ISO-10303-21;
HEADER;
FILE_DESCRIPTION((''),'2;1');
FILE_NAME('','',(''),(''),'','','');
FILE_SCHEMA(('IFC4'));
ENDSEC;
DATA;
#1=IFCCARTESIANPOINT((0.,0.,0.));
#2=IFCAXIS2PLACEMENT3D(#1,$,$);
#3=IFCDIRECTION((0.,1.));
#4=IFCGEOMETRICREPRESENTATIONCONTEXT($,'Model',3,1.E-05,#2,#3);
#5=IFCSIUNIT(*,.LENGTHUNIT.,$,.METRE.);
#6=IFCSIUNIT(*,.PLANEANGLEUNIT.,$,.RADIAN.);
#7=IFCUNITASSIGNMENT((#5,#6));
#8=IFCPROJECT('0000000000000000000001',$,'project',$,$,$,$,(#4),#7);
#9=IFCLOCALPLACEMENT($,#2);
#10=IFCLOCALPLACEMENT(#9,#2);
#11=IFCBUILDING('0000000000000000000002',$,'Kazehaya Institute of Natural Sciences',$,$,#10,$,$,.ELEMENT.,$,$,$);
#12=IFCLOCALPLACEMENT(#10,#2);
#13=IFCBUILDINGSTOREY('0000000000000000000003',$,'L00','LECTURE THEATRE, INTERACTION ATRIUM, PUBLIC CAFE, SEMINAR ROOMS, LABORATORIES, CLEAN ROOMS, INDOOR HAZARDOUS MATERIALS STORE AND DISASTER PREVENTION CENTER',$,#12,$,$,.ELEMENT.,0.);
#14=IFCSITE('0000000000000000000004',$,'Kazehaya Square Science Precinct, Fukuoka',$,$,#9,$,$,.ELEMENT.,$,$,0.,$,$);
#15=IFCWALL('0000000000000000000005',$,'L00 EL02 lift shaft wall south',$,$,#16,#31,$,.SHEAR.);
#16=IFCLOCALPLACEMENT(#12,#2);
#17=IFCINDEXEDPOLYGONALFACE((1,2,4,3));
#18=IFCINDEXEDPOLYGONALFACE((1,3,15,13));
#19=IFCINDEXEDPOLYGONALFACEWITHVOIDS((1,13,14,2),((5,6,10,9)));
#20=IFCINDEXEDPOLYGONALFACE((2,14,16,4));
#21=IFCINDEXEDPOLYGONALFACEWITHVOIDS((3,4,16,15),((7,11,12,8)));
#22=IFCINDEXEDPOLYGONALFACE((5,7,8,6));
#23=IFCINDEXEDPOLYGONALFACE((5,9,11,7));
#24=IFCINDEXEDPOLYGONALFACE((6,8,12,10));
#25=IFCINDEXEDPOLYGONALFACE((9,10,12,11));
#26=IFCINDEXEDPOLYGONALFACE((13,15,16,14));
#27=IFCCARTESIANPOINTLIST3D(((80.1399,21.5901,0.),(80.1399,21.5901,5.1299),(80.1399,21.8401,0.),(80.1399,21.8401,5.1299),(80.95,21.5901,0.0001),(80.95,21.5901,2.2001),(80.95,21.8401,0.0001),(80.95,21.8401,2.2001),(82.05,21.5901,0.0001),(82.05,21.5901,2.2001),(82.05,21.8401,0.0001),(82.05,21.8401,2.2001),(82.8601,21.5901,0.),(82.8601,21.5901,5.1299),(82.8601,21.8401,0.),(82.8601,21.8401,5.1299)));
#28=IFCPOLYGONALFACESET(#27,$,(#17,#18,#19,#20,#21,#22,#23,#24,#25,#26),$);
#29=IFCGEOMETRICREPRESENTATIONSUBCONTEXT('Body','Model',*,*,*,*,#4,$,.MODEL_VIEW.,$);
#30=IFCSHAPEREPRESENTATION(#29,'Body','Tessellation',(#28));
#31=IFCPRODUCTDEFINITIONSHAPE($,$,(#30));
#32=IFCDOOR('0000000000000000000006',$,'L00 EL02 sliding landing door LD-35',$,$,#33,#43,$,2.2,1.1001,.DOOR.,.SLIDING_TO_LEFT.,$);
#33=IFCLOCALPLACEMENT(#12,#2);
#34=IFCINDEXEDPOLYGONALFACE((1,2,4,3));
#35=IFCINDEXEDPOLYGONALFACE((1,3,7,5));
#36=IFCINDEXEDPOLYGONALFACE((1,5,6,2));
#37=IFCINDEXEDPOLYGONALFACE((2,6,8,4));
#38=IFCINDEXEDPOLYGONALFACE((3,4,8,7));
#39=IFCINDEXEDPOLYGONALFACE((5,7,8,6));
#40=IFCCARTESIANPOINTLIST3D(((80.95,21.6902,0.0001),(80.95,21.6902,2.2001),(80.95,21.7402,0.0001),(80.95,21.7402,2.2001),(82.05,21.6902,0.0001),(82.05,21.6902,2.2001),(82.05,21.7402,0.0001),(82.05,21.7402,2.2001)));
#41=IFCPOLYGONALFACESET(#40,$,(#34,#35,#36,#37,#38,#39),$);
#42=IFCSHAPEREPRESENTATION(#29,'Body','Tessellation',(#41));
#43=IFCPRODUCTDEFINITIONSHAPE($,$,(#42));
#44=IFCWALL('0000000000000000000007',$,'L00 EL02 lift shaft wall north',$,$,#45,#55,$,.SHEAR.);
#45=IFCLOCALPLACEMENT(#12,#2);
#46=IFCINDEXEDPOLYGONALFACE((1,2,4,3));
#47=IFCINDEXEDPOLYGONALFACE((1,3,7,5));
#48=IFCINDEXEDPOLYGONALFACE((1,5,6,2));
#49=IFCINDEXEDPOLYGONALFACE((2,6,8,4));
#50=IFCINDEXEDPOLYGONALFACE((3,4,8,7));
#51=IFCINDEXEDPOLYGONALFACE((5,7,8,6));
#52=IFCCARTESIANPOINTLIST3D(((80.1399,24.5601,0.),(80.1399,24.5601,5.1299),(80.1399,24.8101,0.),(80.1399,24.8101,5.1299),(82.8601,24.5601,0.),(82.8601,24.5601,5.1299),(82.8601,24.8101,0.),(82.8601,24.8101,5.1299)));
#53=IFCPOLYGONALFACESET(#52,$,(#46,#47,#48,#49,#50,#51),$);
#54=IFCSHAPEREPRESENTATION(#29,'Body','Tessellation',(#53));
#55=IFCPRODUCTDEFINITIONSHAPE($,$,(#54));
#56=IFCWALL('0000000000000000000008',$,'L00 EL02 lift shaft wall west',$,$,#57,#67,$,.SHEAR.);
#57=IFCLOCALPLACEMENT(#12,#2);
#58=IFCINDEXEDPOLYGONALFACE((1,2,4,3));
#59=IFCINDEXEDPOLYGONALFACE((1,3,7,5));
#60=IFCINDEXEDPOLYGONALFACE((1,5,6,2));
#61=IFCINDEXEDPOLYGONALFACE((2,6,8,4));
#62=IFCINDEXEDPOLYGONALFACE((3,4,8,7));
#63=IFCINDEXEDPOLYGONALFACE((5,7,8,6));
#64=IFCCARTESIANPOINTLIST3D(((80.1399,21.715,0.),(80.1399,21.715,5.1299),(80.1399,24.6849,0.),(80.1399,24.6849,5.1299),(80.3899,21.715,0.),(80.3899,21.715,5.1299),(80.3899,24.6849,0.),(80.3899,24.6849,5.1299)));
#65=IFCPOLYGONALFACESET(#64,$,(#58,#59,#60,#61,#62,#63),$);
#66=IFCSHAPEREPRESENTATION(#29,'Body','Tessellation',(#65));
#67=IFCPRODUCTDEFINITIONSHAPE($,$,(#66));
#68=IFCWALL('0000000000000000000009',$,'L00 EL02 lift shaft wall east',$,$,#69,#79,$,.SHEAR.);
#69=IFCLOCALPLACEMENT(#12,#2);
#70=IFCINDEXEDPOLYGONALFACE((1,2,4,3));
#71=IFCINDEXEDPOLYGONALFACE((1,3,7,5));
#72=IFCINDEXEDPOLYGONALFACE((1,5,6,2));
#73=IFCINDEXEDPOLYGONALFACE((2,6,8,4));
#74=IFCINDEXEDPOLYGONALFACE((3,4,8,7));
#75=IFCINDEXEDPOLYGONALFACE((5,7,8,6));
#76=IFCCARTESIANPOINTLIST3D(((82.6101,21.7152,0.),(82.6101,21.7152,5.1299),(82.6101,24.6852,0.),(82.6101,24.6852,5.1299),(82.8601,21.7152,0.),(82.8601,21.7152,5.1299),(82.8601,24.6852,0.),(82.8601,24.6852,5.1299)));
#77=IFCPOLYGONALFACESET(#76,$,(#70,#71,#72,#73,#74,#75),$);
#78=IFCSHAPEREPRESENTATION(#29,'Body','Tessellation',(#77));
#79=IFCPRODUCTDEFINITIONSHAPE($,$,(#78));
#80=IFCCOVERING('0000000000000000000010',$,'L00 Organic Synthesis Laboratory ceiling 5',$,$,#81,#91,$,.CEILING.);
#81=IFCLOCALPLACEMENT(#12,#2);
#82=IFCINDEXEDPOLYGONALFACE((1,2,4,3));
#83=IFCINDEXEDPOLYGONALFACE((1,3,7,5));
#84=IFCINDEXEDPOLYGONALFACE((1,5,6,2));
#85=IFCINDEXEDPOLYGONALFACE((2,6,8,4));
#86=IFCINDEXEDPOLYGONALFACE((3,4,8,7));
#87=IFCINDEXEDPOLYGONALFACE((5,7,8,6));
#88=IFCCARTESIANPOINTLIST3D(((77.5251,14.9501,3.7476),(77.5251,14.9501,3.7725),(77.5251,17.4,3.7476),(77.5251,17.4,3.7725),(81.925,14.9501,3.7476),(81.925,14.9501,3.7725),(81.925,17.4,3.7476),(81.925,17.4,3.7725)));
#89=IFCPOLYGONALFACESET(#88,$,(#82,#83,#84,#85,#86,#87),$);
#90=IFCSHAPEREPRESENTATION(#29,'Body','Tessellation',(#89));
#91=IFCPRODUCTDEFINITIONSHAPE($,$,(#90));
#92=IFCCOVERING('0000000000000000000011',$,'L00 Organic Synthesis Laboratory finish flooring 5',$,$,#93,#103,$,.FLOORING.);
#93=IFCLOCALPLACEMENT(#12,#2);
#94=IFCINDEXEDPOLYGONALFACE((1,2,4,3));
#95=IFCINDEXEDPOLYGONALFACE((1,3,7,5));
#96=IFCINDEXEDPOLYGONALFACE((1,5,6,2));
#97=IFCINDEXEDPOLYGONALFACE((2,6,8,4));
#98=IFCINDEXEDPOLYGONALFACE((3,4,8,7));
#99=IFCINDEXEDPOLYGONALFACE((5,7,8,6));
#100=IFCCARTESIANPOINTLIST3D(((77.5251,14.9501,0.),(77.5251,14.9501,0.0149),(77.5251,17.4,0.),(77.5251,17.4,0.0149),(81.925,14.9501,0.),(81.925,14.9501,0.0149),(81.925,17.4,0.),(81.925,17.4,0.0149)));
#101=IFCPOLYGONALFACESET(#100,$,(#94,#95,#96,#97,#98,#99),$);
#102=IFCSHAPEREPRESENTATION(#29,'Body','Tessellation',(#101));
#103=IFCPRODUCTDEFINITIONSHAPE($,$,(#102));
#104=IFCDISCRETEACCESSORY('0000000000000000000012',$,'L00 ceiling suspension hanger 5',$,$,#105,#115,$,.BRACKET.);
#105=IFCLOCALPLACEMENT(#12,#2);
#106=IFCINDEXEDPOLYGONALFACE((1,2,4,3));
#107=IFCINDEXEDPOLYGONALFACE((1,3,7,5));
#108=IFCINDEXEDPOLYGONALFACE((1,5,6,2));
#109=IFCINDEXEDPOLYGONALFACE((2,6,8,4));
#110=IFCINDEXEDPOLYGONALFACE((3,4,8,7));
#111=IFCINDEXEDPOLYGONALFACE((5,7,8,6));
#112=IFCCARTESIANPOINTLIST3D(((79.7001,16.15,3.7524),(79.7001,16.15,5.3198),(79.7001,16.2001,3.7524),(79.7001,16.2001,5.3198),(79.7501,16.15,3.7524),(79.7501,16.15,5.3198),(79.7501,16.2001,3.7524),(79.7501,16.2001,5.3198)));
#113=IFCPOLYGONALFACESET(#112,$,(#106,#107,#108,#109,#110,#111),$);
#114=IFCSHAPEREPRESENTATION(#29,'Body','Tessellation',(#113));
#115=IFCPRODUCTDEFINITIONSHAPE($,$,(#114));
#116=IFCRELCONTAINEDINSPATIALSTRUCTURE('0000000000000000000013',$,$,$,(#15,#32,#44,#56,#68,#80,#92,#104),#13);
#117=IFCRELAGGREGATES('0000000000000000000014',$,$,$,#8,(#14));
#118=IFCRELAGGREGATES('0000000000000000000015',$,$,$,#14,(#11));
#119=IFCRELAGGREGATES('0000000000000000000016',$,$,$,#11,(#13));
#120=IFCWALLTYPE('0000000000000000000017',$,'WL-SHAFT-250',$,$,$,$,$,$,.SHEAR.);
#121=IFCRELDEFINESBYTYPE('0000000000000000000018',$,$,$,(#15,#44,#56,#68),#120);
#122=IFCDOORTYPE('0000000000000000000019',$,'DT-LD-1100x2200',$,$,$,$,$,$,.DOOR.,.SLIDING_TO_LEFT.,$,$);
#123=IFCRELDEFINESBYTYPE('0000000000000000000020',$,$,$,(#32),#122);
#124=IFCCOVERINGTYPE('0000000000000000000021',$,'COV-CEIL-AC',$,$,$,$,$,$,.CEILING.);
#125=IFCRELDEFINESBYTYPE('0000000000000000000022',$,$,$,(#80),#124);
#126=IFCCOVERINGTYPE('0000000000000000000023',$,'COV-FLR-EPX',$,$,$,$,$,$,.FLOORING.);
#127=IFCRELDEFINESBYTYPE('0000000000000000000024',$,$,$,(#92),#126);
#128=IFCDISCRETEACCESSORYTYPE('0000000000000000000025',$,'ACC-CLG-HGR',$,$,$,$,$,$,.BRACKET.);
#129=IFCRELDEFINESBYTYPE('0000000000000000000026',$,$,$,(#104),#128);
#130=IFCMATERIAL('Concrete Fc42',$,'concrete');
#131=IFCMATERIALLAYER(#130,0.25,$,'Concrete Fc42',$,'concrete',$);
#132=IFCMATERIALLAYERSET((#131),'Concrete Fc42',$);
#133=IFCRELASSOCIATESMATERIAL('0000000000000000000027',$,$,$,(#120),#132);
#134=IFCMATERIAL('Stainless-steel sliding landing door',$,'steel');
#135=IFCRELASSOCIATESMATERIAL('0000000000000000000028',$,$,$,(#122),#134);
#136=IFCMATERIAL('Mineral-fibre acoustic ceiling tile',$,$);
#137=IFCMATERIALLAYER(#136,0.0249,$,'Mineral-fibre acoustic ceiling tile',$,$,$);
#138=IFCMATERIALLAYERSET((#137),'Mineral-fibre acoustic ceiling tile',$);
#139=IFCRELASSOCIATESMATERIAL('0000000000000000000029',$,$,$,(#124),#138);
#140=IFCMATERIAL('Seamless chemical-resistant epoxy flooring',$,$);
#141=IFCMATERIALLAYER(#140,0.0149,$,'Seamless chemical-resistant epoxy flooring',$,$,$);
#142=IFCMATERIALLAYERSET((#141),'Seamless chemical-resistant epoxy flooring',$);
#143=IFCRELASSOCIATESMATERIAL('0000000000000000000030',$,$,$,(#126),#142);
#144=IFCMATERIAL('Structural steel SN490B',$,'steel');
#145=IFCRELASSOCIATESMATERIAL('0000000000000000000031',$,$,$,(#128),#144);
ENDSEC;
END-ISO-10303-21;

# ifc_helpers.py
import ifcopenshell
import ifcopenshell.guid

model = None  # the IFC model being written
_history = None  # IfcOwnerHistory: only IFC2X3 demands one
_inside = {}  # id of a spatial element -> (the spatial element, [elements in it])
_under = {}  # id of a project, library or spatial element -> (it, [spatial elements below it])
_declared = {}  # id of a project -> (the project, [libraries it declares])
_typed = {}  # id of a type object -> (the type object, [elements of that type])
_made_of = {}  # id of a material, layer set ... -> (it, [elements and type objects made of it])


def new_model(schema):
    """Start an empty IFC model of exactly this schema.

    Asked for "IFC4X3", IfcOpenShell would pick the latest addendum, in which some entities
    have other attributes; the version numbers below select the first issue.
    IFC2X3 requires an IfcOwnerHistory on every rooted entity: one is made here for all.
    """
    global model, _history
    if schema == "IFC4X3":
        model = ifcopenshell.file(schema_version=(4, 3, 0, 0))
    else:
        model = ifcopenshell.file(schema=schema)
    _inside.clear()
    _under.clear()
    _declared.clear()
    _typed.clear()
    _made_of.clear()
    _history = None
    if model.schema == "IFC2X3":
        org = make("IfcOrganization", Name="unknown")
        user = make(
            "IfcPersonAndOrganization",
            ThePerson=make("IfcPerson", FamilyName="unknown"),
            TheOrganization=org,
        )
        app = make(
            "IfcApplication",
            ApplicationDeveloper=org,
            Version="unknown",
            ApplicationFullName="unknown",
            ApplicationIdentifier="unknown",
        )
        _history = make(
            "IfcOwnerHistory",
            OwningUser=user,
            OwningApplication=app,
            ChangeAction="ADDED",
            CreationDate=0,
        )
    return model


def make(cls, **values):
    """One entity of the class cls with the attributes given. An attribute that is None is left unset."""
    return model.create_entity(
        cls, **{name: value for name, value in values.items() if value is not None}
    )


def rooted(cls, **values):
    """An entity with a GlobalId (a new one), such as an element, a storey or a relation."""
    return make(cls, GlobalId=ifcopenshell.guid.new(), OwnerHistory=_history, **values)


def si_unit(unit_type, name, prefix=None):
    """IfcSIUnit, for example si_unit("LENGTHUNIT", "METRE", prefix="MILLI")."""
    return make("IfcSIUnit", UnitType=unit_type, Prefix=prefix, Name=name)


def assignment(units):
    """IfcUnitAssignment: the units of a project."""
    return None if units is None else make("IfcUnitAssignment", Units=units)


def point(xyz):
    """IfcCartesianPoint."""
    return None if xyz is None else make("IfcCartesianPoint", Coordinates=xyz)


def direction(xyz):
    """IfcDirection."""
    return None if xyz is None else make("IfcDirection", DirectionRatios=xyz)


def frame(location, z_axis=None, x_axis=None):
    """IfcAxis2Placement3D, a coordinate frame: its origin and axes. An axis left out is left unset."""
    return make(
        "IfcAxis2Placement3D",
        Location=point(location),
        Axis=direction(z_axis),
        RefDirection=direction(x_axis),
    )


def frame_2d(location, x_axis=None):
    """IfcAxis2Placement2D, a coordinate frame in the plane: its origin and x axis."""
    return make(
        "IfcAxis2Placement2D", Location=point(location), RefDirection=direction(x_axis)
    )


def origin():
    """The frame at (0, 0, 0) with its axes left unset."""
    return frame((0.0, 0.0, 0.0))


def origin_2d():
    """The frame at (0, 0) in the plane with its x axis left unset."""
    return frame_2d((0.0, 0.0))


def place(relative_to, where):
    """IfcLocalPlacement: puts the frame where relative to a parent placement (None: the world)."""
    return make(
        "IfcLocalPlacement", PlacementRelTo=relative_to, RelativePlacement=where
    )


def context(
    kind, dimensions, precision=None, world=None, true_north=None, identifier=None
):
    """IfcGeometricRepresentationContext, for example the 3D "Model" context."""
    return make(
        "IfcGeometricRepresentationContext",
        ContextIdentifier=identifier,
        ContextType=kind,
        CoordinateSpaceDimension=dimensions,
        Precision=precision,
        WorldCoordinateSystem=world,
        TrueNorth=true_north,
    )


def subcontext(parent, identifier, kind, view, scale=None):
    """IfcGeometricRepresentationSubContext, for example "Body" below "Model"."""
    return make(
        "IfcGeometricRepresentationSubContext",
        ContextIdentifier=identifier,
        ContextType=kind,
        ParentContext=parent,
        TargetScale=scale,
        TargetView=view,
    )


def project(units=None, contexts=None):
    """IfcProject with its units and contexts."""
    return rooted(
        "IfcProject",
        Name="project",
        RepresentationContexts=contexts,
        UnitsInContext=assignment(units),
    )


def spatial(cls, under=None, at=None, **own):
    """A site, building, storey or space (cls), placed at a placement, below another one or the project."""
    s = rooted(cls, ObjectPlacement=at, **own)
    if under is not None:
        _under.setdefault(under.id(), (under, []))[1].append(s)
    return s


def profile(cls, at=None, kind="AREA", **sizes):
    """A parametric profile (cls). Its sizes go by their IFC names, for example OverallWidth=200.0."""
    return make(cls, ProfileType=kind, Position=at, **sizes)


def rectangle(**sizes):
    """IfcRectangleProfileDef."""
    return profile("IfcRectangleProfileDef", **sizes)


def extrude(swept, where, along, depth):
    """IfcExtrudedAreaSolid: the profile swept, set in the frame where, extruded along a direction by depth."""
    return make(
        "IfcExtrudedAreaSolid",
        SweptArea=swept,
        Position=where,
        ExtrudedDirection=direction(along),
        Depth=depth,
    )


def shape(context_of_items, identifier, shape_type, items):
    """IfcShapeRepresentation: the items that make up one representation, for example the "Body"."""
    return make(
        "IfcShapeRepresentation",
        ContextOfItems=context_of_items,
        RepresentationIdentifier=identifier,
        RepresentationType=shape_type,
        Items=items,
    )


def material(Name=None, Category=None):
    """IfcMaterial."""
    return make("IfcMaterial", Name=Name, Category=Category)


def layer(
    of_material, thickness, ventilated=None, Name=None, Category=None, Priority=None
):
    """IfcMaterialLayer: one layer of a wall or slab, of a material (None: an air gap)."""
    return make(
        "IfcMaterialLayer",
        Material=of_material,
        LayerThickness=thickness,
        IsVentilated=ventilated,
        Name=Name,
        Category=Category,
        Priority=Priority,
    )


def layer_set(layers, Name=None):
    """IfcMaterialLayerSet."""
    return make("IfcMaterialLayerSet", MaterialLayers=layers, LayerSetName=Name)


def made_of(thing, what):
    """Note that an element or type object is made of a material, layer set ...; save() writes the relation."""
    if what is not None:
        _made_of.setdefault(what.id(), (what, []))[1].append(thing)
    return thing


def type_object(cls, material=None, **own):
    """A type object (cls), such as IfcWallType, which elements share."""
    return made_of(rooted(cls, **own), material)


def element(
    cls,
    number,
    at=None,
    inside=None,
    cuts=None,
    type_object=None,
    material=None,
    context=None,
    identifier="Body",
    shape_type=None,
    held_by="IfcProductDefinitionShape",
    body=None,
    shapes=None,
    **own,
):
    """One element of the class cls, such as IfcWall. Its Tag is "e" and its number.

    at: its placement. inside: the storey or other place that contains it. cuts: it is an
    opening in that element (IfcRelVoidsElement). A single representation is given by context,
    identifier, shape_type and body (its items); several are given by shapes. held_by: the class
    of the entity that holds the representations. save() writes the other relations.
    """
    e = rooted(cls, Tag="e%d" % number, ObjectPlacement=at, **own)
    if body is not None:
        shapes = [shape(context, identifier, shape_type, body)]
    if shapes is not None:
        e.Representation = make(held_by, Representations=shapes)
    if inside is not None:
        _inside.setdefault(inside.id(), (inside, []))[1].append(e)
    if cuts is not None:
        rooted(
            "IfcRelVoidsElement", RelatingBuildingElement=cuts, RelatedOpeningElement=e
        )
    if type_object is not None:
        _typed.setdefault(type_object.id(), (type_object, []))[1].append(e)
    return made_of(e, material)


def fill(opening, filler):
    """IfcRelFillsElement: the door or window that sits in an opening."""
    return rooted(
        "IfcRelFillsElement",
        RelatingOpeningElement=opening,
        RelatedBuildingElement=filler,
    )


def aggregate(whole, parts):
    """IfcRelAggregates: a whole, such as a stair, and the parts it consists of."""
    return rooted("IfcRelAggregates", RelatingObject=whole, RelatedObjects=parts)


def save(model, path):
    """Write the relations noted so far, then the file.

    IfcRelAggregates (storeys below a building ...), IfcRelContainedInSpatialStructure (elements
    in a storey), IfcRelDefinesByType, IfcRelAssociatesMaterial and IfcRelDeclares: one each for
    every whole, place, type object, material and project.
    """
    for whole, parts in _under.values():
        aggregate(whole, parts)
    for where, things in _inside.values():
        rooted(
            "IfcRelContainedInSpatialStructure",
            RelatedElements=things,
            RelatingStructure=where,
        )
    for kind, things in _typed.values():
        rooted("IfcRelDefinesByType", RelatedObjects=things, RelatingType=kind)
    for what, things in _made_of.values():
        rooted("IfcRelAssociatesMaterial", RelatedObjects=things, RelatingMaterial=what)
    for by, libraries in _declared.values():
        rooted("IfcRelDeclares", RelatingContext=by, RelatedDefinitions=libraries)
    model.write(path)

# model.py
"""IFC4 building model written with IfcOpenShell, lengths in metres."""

from ifc_helpers import new_model, si_unit, direction, frame, frame_2d, origin, origin_2d, place, context, subcontext, project, spatial, rectangle, extrude, material, layer, layer_set, type_object, element, fill, save


model = new_model("IFC4")

# Units and contexts
model_context = context("Model", 3, precision=1e-05, world=origin(), true_north=direction((0.0, 1.0)))
body_context = subcontext(model_context, "Body", "Model", "MODEL_VIEW")
ifc_project = project(units=[si_unit("LENGTHUNIT", "METRE"), si_unit("PLANEANGLEUNIT", "RADIAN")], contexts=[model_context])

# Site, building, storey
site_placement = place(None, origin())
site = spatial("IfcSite", under=ifc_project, at=site_placement, Name="Kazehaya Square Science Precinct, Fukuoka", CompositionType="ELEMENT", RefElevation=0.0)
building_placement = place(site_placement, origin())
building = spatial("IfcBuilding", under=site, at=building_placement, Name="Kazehaya Institute of Natural Sciences", CompositionType="ELEMENT")
storey_placement = place(building_placement, origin())
storey = spatial("IfcBuildingStorey", under=building, at=storey_placement, Name="L00", Description="LECTURE THEATRE, INTERACTION ATRIUM, PUBLIC CAFE, SEMINAR ROOMS, LABORATORIES, CLEAN ROOMS, INDOOR HAZARDOUS MATERIALS STORE AND DISASTER PREVENTION CENTER", CompositionType="ELEMENT", Elevation=0.0)

# Shared definitions
ifc_material_1 = material(Name="Concrete Fc42", Category="concrete")
ifc_layer_1 = layer(ifc_material_1, 0.25, Name="Concrete Fc42", Category="concrete")
ifc_layer_set_1 = layer_set([ifc_layer_1], Name="Concrete Fc42")
wall_type = type_object("IfcWallType", Name="WL-SHAFT-250", PredefinedType="SHEAR", material=ifc_layer_set_1)

# Shared definitions
ifc_material_2 = material(Name="Stainless-steel sliding landing door", Category="steel")
door_type = type_object("IfcDoorType", Name="DT-LD-1100x2200", OperationType="SLIDING_TO_LEFT", PredefinedType="DOOR", material=ifc_material_2)

# Wall, opening, door
wall_1_placement = place(storey_placement, frame((82.8601, 21.7151, 0.0), z_axis=(0.0, 0.0, 1.0), x_axis=(-1.0, 0.0, 0.0)))
wall_1 = element("IfcWall", 1, at=wall_1_placement, inside=storey, type_object=wall_type, Name="L00 EL02 lift shaft wall south", PredefinedType="SHEAR", context=body_context, shape_type="SweptSolid", body=[
    extrude(rectangle(XDim=2.7202, YDim=0.25, at=frame_2d((1.3601, 0.0))), origin(), (0.0, 0.0, 1.0), 5.1299),
])
opening_1_placement = place(wall_1_placement, frame((0.8101, 0.0, 0.0)))
opening_1 = element("IfcOpeningElement", 2, at=opening_1_placement, cuts=wall_1, PredefinedType="OPENING", context=body_context, shape_type="SweptSolid", body=[
    extrude(rectangle(XDim=1.1001, YDim=2.2, at=frame_2d((0.55, 1.1001))), frame((0.0, 0.135, 0.0), z_axis=(0.0, -1.0, 0.0), x_axis=(1.0, 0.0, 0.0)), (0.0, 0.0, 1.0), 0.27),
])
door_1_placement = place(opening_1_placement, origin())
door_1 = element("IfcDoor", 3, at=door_1_placement, inside=storey, type_object=door_type, Name="L00 EL02 sliding landing door LD-35", OperationType="SLIDING_TO_LEFT", OverallHeight=2.2, OverallWidth=1.1001, PredefinedType="DOOR", context=body_context, shape_type="SweptSolid", body=[
    extrude(rectangle(XDim=1.1001, YDim=2.2, at=frame_2d((0.55, 1.1001))), frame((0.0, 0.0249, 0.0), z_axis=(0.0, -1.0, 0.0), x_axis=(1.0, 0.0, 0.0)), (0.0, 0.0, 1.0), 0.05),
])
fill(opening_1, door_1)

# Walls
wall_2_placement = place(storey_placement, frame((80.1399, 24.6851, 0.0), z_axis=(0.0, 0.0, 1.0), x_axis=(1.0, 0.0, 0.0)))
element("IfcWall", 4, at=wall_2_placement, inside=storey, type_object=wall_type, Name="L00 EL02 lift shaft wall north", PredefinedType="SHEAR", context=body_context, shape_type="SweptSolid", body=[
    extrude(rectangle(XDim=2.7202, YDim=0.25, at=frame_2d((1.3601, 0.0))), origin(), (0.0, 0.0, 1.0), 5.1299),
])
for number, where, z_axis, x_axis, name in (
    (5, (80.2649, 21.7151, 0.0), (0.0, 0.0, 1.0), (0.0, 1.0, 0.0), "L00 EL02 lift shaft wall west"),
    (6, (82.7351, 24.6851, 0.0), (0.0, 0.0, 1.0), (0.0, -1.0, 0.0), "L00 EL02 lift shaft wall east"),
):
    element("IfcWall", number, at=place(storey_placement, frame(where, z_axis=z_axis, x_axis=x_axis)), inside=storey, type_object=wall_type, Name=name, PredefinedType="SHEAR", context=body_context, shape_type="SweptSolid", body=[
        extrude(rectangle(XDim=2.97, YDim=0.25, at=frame_2d((1.4849, 0.0))), origin(), (0.0, 0.0, 1.0), 5.1299),
    ])

# Coverings
ifc_material_3 = material(Name="Mineral-fibre acoustic ceiling tile")
ifc_layer_2 = layer(ifc_material_3, 0.0249, Name="Mineral-fibre acoustic ceiling tile")
ifc_layer_set_2 = layer_set([ifc_layer_2], Name="Mineral-fibre acoustic ceiling tile")
covering_type_1 = type_object("IfcCoveringType", Name="COV-CEIL-AC", PredefinedType="CEILING", material=ifc_layer_set_2)
covering_1_placement = place(storey_placement, frame((79.7251, 16.175, 3.7476), z_axis=(0.0, 0.0, 1.0), x_axis=(1.0, 0.0, 0.0)))
element("IfcCovering", 7, at=covering_1_placement, inside=storey, type_object=covering_type_1, Name="L00 Organic Synthesis Laboratory ceiling 5", PredefinedType="CEILING", context=body_context, shape_type="SweptSolid", body=[
    extrude(rectangle(XDim=4.3999, YDim=2.45, at=origin_2d()), origin(), (0.0, 0.0, 1.0), 0.0249),
])
ifc_material_4 = material(Name="Seamless chemical-resistant epoxy flooring")
ifc_layer_3 = layer(ifc_material_4, 0.0149, Name="Seamless chemical-resistant epoxy flooring")
ifc_layer_set_3 = layer_set([ifc_layer_3], Name="Seamless chemical-resistant epoxy flooring")
covering_type_2 = type_object("IfcCoveringType", Name="COV-FLR-EPX", PredefinedType="FLOORING", material=ifc_layer_set_3)
covering_2_placement = place(storey_placement, frame((79.7251, 16.175, 0.0), z_axis=(0.0, 0.0, 1.0), x_axis=(1.0, 0.0, 0.0)))
element("IfcCovering", 8, at=covering_2_placement, inside=storey, type_object=covering_type_2, Name="L00 Organic Synthesis Laboratory finish flooring 5", PredefinedType="FLOORING", context=body_context, shape_type="SweptSolid", body=[
    extrude(rectangle(XDim=4.3999, YDim=2.45, at=origin_2d()), origin(), (0.0, 0.0, 1.0), 0.0149),
])

# Discrete accessory
ifc_material_5 = material(Name="Structural steel SN490B", Category="steel")
discrete_accessory_type = type_object("IfcDiscreteAccessoryType", Name="ACC-CLG-HGR", PredefinedType="BRACKET", material=ifc_material_5)
discrete_accessory_placement = place(storey_placement, frame((79.7251, 16.175, 3.7524), z_axis=(0.0, 0.0, 1.0), x_axis=(1.0, 0.0, 0.0)))
element("IfcDiscreteAccessory", 9, at=discrete_accessory_placement, inside=storey, type_object=discrete_accessory_type, Name="L00 ceiling suspension hanger 5", PredefinedType="BRACKET", context=body_context, shape_type="SweptSolid", body=[
    extrude(rectangle(XDim=0.05, YDim=0.05, at=origin_2d()), origin(), (0.0, 0.0, 1.0), 1.5674),
])

save(model, "model.ifc")
